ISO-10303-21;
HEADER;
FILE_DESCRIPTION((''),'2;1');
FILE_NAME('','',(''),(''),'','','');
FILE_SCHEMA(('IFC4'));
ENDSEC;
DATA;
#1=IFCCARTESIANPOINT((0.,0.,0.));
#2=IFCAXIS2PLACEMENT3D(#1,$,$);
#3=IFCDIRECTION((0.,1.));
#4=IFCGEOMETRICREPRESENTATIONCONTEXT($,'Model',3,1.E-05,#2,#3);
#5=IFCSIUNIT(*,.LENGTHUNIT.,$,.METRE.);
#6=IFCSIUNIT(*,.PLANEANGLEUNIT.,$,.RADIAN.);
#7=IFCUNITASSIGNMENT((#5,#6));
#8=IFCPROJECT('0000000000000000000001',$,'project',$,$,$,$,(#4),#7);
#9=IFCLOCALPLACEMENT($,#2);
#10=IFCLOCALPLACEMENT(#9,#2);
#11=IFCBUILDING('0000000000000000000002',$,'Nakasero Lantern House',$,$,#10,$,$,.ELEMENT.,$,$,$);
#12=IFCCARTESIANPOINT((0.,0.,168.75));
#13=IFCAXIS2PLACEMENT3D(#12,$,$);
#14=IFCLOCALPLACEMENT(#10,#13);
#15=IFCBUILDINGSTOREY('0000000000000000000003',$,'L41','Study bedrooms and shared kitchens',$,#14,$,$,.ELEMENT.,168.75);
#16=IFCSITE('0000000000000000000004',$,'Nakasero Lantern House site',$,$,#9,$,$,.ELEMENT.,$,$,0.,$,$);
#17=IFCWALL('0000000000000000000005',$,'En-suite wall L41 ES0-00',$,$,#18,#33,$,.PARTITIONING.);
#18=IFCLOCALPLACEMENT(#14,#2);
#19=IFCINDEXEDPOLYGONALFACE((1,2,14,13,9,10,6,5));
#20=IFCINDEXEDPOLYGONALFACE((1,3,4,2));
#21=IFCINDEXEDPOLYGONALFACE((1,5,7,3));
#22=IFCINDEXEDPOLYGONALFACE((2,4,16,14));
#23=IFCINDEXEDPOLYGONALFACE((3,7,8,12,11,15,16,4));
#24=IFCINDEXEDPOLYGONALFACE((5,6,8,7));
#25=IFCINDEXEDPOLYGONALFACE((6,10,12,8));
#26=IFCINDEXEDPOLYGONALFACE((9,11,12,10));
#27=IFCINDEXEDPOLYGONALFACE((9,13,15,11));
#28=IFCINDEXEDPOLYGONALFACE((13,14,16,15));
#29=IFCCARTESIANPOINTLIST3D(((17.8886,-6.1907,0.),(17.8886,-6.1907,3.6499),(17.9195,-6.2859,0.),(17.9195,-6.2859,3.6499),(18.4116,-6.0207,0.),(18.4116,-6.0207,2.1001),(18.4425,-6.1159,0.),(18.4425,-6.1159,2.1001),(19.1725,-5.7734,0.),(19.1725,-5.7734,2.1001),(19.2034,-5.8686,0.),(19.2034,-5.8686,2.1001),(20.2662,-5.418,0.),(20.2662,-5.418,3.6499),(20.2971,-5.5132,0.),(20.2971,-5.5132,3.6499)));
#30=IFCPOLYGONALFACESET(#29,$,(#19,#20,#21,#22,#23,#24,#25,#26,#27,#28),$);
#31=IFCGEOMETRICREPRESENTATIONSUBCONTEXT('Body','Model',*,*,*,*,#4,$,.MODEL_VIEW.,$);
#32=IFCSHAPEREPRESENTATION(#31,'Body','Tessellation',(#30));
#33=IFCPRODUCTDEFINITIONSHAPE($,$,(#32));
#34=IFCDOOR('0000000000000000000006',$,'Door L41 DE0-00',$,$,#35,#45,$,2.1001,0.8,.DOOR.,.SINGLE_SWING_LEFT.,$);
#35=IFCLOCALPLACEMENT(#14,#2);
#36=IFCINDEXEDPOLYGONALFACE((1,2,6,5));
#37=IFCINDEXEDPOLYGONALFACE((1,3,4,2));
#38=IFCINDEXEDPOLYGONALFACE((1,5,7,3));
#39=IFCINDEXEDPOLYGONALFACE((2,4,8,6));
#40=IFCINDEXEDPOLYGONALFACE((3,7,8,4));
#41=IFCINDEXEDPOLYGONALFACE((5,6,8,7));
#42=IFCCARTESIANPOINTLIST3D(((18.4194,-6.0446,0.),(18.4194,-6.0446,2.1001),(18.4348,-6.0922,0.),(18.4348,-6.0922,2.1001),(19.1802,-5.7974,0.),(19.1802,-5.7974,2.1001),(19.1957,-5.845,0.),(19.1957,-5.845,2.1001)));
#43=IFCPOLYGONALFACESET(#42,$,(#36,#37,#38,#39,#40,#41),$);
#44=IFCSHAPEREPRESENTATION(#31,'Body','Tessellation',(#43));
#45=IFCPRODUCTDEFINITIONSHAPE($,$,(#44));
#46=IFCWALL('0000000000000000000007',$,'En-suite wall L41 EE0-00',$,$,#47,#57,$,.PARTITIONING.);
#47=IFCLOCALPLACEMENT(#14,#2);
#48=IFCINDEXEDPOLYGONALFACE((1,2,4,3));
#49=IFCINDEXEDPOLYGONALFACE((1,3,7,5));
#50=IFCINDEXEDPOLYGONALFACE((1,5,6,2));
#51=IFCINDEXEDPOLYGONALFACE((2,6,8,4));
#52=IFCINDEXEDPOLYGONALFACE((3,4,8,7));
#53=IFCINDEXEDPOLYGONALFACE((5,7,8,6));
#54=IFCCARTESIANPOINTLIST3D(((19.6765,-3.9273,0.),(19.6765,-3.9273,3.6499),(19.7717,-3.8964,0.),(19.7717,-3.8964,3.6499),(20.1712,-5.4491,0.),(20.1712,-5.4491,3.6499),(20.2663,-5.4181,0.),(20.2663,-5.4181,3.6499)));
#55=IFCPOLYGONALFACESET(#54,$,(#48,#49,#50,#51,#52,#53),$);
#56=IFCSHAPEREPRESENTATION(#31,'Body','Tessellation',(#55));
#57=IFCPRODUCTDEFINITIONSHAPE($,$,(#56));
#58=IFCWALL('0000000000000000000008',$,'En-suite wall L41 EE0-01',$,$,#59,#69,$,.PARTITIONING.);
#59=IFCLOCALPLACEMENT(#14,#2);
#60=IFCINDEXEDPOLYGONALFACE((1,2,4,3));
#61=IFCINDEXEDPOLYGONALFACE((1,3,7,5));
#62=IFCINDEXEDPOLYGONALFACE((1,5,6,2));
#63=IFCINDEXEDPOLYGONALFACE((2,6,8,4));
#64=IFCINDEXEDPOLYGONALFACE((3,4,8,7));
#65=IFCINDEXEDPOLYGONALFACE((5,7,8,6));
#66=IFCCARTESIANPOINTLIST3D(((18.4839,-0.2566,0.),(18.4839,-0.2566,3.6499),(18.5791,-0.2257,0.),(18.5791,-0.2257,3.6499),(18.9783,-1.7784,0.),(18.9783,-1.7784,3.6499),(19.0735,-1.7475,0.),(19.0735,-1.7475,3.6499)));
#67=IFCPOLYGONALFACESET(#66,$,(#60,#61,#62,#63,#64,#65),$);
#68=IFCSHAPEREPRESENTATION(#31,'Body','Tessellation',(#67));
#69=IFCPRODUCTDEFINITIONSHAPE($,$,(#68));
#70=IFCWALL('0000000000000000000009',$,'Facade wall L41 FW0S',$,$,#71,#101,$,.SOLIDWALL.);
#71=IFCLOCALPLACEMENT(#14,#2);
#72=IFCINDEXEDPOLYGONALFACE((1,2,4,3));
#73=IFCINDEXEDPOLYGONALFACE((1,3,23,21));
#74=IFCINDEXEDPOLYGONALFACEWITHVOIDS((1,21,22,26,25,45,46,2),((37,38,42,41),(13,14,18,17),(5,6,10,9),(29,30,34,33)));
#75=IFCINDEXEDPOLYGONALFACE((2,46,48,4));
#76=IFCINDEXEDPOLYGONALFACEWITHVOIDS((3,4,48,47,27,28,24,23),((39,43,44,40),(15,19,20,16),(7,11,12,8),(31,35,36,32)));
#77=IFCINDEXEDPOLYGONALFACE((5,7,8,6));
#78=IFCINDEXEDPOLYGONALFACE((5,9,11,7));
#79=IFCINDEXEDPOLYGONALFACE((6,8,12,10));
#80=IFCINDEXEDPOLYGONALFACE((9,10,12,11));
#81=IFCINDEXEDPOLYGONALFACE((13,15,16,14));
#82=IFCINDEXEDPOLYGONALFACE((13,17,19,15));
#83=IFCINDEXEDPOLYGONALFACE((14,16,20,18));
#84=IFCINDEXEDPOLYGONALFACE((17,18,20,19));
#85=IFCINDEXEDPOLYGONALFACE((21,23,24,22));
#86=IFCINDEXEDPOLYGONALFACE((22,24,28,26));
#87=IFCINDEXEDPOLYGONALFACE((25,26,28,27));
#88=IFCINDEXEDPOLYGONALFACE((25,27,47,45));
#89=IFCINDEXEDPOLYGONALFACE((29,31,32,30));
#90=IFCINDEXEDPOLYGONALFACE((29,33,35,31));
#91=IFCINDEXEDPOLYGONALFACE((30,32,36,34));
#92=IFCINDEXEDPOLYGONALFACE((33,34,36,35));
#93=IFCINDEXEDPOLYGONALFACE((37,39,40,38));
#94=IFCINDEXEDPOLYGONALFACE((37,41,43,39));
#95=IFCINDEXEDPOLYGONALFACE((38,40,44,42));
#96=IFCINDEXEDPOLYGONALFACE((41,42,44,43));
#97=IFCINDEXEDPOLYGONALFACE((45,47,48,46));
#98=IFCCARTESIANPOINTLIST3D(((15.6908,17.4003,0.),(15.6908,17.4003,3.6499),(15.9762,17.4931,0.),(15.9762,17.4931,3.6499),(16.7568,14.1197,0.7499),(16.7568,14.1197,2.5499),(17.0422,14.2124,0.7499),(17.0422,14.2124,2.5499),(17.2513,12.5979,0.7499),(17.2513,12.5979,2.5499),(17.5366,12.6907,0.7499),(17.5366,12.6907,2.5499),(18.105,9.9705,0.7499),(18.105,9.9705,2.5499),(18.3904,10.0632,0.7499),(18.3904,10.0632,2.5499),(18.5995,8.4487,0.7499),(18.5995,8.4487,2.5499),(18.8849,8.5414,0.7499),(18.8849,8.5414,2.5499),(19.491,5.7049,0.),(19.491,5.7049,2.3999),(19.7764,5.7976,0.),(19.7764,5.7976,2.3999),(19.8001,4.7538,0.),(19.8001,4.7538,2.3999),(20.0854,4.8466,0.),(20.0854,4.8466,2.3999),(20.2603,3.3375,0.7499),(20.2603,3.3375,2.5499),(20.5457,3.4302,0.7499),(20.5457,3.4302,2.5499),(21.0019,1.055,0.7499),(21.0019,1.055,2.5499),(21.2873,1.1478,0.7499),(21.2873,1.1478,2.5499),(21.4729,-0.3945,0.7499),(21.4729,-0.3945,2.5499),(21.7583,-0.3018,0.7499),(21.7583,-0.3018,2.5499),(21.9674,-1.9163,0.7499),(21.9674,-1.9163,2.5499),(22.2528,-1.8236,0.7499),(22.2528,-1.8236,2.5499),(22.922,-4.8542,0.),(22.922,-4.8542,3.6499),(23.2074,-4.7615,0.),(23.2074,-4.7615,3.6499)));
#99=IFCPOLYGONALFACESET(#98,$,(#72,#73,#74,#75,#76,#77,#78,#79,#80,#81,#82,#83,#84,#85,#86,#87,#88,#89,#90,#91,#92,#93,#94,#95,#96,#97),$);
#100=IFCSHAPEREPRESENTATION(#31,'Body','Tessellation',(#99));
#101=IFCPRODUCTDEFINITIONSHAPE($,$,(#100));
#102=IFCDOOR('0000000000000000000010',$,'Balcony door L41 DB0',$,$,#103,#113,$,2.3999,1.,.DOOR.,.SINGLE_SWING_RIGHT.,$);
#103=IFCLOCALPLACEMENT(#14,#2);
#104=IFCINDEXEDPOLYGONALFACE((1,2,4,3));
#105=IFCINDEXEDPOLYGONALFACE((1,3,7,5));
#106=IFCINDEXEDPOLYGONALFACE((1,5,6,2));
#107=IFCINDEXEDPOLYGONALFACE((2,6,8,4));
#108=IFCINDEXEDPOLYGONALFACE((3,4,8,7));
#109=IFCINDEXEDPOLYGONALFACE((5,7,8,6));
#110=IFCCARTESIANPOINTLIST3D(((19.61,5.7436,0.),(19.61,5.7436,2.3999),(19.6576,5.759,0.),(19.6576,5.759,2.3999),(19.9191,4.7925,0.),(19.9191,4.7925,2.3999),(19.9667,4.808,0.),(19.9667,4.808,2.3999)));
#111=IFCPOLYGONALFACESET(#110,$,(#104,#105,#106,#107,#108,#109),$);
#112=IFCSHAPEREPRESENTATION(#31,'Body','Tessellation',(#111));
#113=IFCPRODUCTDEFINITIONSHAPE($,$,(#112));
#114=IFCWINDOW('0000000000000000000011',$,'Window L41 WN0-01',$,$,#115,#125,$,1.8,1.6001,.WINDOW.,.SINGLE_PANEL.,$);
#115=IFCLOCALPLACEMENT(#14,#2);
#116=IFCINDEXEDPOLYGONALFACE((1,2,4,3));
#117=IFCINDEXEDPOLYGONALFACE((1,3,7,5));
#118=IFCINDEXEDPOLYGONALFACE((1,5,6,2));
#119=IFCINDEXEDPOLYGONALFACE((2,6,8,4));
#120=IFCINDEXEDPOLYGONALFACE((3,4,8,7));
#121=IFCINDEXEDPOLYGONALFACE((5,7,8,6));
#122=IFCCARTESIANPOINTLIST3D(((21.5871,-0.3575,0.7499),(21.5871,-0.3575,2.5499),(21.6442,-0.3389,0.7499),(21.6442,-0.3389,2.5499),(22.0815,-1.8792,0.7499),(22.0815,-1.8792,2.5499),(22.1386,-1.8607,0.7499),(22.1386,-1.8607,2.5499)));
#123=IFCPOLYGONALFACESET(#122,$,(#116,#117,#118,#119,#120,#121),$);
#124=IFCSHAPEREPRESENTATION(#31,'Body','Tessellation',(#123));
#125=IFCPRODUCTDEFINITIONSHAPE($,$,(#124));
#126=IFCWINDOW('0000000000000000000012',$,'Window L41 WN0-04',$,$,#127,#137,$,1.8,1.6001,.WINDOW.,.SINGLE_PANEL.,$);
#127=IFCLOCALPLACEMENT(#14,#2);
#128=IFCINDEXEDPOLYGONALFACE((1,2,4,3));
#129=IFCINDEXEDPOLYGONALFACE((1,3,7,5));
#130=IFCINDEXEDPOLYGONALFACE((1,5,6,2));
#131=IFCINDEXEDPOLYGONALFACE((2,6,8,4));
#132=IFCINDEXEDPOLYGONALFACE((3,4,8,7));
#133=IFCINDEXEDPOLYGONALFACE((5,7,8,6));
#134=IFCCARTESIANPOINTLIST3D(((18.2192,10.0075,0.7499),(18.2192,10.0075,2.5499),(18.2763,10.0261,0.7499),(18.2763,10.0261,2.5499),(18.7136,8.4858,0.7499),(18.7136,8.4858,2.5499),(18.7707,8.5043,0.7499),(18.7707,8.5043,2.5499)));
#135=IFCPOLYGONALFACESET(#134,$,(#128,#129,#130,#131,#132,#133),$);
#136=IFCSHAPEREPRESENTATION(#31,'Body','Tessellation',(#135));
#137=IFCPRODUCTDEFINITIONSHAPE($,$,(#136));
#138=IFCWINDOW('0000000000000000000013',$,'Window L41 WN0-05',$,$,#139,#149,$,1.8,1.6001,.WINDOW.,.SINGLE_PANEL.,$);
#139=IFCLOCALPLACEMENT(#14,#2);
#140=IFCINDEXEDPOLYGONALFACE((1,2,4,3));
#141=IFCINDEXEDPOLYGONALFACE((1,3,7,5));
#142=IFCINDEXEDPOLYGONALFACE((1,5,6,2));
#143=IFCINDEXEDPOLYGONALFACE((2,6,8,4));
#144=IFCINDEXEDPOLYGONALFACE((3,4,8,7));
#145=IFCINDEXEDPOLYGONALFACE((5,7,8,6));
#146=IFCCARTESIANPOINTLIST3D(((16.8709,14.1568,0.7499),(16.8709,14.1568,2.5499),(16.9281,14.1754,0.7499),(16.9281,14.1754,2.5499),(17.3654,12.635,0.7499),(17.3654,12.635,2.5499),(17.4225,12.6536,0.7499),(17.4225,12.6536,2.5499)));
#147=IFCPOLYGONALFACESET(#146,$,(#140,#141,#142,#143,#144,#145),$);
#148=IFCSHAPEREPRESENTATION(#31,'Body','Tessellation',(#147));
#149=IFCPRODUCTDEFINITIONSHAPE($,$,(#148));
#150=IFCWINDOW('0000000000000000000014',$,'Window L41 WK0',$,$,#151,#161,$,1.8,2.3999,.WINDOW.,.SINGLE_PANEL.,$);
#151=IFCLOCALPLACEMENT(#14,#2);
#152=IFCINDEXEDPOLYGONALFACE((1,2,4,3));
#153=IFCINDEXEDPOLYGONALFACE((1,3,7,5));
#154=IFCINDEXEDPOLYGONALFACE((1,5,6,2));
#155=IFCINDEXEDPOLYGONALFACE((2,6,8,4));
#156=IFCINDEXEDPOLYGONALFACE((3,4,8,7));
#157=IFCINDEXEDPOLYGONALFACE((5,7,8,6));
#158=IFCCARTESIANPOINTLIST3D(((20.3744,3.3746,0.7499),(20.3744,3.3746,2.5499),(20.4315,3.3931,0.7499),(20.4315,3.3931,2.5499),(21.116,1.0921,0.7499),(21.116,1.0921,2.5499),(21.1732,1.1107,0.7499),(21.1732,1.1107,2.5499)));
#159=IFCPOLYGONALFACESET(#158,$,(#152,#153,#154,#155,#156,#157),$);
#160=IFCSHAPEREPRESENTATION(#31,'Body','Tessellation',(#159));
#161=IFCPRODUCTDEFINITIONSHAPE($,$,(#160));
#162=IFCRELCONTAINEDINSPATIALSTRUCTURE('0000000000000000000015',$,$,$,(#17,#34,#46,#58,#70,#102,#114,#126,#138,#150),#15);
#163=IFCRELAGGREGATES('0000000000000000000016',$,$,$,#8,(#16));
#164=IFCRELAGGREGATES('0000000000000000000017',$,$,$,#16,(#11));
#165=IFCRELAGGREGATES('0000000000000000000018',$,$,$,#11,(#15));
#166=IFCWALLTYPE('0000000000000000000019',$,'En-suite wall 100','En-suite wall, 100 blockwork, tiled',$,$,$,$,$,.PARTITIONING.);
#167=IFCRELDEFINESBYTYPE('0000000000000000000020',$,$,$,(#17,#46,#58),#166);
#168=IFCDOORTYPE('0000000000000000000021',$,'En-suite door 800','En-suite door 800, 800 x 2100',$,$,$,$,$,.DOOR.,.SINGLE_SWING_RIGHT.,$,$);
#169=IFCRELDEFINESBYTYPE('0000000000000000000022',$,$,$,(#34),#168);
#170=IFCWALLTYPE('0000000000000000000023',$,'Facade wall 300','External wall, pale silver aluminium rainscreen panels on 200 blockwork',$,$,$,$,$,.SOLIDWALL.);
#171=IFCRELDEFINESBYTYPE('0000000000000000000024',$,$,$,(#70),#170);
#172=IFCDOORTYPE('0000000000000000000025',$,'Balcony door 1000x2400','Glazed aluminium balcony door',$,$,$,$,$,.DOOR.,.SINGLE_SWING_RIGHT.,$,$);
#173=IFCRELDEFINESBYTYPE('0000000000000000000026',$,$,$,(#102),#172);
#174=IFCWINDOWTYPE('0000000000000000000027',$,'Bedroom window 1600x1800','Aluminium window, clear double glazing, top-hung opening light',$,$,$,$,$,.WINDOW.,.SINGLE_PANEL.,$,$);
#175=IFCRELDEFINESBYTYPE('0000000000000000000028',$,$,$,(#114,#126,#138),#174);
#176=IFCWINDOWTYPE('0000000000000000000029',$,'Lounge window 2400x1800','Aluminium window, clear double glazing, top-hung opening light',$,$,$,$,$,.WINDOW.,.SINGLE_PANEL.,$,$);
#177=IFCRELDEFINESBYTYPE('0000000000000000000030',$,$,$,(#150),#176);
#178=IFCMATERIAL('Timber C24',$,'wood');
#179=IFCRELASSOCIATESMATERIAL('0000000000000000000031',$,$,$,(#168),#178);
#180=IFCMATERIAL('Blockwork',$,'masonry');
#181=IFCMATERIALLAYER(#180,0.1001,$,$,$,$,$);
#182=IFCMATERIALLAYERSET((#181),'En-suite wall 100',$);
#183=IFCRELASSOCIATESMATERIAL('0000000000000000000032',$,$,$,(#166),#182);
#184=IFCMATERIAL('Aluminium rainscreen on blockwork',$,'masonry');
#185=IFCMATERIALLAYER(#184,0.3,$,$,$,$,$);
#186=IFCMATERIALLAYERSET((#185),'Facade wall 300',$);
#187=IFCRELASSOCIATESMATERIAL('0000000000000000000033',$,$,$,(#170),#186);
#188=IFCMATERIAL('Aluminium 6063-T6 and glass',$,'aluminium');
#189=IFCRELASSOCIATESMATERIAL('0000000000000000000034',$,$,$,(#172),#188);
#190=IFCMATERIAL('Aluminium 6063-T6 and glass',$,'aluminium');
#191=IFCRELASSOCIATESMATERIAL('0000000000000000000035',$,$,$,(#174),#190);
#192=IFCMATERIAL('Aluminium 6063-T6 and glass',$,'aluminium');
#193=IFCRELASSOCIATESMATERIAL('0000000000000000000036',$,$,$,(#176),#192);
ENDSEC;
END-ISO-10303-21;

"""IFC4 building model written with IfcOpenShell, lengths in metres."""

from ifc_helpers import new_model, si_unit, direction, frame, frame_2d, origin, place, context, subcontext, project, spatial, rectangle, extrude, material, layer, layer_set, type_object, element, fill, save


model = new_model("IFC4")

# Units and contexts
model_context = context("Model", 3, precision=1e-05, world=origin(), true_north=direction((0.0, 1.0)))
body_context = subcontext(model_context, "Body", "Model", "MODEL_VIEW")
ifc_project = project(units=[si_unit("LENGTHUNIT", "METRE"), si_unit("PLANEANGLEUNIT", "RADIAN")], contexts=[model_context])

# Site, building, storey
site_placement = place(None, origin())
site = spatial("IfcSite", under=ifc_project, at=site_placement, Name="Nakasero Lantern House site", CompositionType="ELEMENT", RefElevation=0.0)
building_placement = place(site_placement, origin())
building = spatial("IfcBuilding", under=site, at=building_placement, Name="Nakasero Lantern House", CompositionType="ELEMENT")
storey_placement = place(building_placement, frame((0.0, 0.0, 168.75)))
storey = spatial("IfcBuildingStorey", under=building, at=storey_placement, Name="L41", Description="Study bedrooms and shared kitchens", CompositionType="ELEMENT", Elevation=168.75)

# Shared definitions
ifc_material_1 = material(Name="Timber C24", Category="wood")
door_type_1 = type_object("IfcDoorType", Name="En-suite door 800", Description="En-suite door 800, 800 x 2100", OperationType="SINGLE_SWING_RIGHT", PredefinedType="DOOR", material=ifc_material_1)

# Shared definitions
ifc_material_2 = material(Name="Blockwork", Category="masonry")
ifc_layer_1 = layer(ifc_material_2, 0.1001)
ifc_layer_set_1 = layer_set([ifc_layer_1], Name="En-suite wall 100")
wall_type_1 = type_object("IfcWallType", Name="En-suite wall 100", Description="En-suite wall, 100 blockwork, tiled", PredefinedType="PARTITIONING", material=ifc_layer_set_1)

# Wall, opening, door
wall_1_placement = place(storey_placement, frame((17.9041, -6.2383, 0.0), z_axis=(0.0, 0.0, 1.0), x_axis=(0.951039, 0.309071, 0.0)))
wall_1 = element("IfcWall", 1, at=wall_1_placement, inside=storey, type_object=wall_type_1, Name="En-suite wall L41 ES0-00", PredefinedType="PARTITIONING", context=body_context, shape_type="SweptSolid", body=[
    extrude(rectangle(XDim=2.5, YDim=0.1001, at=frame_2d((1.25, 0.0))), origin(), (0.0, 0.0, 1.0), 3.6499),
])
opening_1_placement = place(wall_1_placement, frame((0.55, 0.0, 0.0)))
opening_1 = element("IfcOpeningElement", 2, at=opening_1_placement, cuts=wall_1, PredefinedType="OPENING", context=body_context, shape_type="SweptSolid", body=[
    extrude(rectangle(XDim=0.8, YDim=2.1001, at=frame_2d((0.3999, 1.05))), frame((0.0, 0.0701, 0.0), z_axis=(0.0, -1.0, 0.0), x_axis=(1.0, 0.0, 0.0)), (0.0, 0.0, 1.0), 0.1401),
])
door_1_placement = place(opening_1_placement, origin())
door_1 = element("IfcDoor", 3, at=door_1_placement, inside=storey, type_object=door_type_1, Name="Door L41 DE0-00", OperationType="SINGLE_SWING_LEFT", OverallHeight=2.1001, OverallWidth=0.8, PredefinedType="DOOR", context=body_context, shape_type="SweptSolid", body=[
    extrude(rectangle(XDim=0.8, YDim=2.1001, at=frame_2d((0.3999, 1.05))), frame((0.0, 0.0249, 0.0), z_axis=(0.0, -1.0, 0.0), x_axis=(1.0, 0.0, 0.0)), (0.0, 0.0, 1.0), 0.05),
])
fill(opening_1, door_1)

# Walls
for number, where, z_axis, x_axis, name in (
    (4, (20.2188, -5.4336, 0.0), (0.0, 0.0, 1.0), (-0.309124, 0.951022, 0.0), "En-suite wall L41 EE0-00"),
    (5, (19.0259, -1.7629, 0.0), (0.0, 0.0, 1.0), (-0.308986, 0.951067, 0.0), "En-suite wall L41 EE0-01"),
):
    element("IfcWall", number, at=place(storey_placement, frame(where, z_axis=z_axis, x_axis=x_axis)), inside=storey, type_object=wall_type_1, Name=name, PredefinedType="PARTITIONING", context=body_context, shape_type="SweptSolid", body=[
        extrude(rectangle(XDim=1.6001, YDim=0.1001, at=frame_2d((0.8, 0.0))), origin(), (0.0, 0.0, 1.0), 3.6499),
    ])

# Wall, openings, door, windows
ifc_material_3 = material(Name="Aluminium rainscreen on blockwork", Category="masonry")
ifc_layer_2 = layer(ifc_material_3, 0.3)
ifc_layer_set_2 = layer_set([ifc_layer_2], Name="Facade wall 300")
wall_type_2 = type_object("IfcWallType", Name="Facade wall 300", Description="External wall, pale silver aluminium rainscreen panels on 200 blockwork", PredefinedType="SOLIDWALL", material=ifc_layer_set_2)
wall_2_placement = place(storey_placement, frame((23.0647, -4.8079, 0.0), z_axis=(0.0, 0.0, 1.0), x_axis=(-0.309026, 0.951054, 0.0)))
wall_2 = element("IfcWall", 6, at=wall_2_placement, inside=storey, type_object=wall_type_2, Name="Facade wall L41 FW0S", PredefinedType="SOLIDWALL", context=body_context, shape_type="SweptSolid", body=[
    extrude(rectangle(XDim=23.3999, YDim=0.3, at=frame_2d((11.7, 0.0))), origin(), (0.0, 0.0, 1.0), 3.6499),
])
opening_2_placement = place(wall_2_placement, frame((3.0891, 0.0, 0.75)))
opening_2 = element("IfcOpeningElement", 7, at=opening_2_placement, cuts=wall_2, PredefinedType="OPENING", context=body_context, shape_type="SweptSolid", body=[
    extrude(rectangle(XDim=1.6001, YDim=1.8, at=frame_2d((0.8, 0.8999))), frame((0.0, 0.1699, 0.0), z_axis=(0.0, -1.0, 0.0), x_axis=(1.0, 0.0, 0.0)), (0.0, 0.0, 1.0), 0.3401),
])
opening_3_placement = place(wall_2_placement, frame((13.9875, 0.0, 0.75)))
opening_3 = element("IfcOpeningElement", 8, at=opening_3_placement, cuts=wall_2, PredefinedType="OPENING", context=body_context, shape_type="SweptSolid", body=[
    extrude(rectangle(XDim=1.6001, YDim=1.8, at=frame_2d((0.8, 0.8999))), frame((0.0, 0.1699, 0.0), z_axis=(0.0, -1.0, 0.0), x_axis=(1.0, 0.0, 0.0)), (0.0, 0.0, 1.0), 0.3401),
])
opening_4_placement = place(wall_2_placement, frame((18.3503, 0.0, 0.75)))
opening_4 = element("IfcOpeningElement", 9, at=opening_4_placement, cuts=wall_2, PredefinedType="OPENING", context=body_context, shape_type="SweptSolid", body=[
    extrude(rectangle(XDim=1.6001, YDim=1.8, at=frame_2d((0.8, 0.8999))), frame((0.0, 0.1699, 0.0), z_axis=(0.0, -1.0, 0.0), x_axis=(1.0, 0.0, 0.0)), (0.0, 0.0, 1.0), 0.3401),
])
opening_5_placement = place(wall_2_placement, frame((6.2134, 0.0, 0.75)))
opening_5 = element("IfcOpeningElement", 10, at=opening_5_placement, cuts=wall_2, PredefinedType="OPENING", context=body_context, shape_type="SweptSolid", body=[
    extrude(rectangle(XDim=2.3999, YDim=1.8, at=frame_2d((1.2, 0.8999))), frame((0.0, 0.1699, 0.0), z_axis=(0.0, -1.0, 0.0), x_axis=(1.0, 0.0, 0.0)), (0.0, 0.0, 1.0), 0.3401),
])
opening_6_placement = place(wall_2_placement, frame((10.1025, 0.0, 0.0)))
opening_6 = element("IfcOpeningElement", 11, at=opening_6_placement, cuts=wall_2, PredefinedType="OPENING", context=body_context, shape_type="SweptSolid", body=[
    extrude(rectangle(XDim=1.0, YDim=2.3999, at=frame_2d((0.5, 1.2))), frame((0.0, 0.1699, 0.0), z_axis=(0.0, -1.0, 0.0), x_axis=(1.0, 0.0, 0.0)), (0.0, 0.0, 1.0), 0.3401),
])
ifc_material_4 = material(Name="Aluminium 6063-T6 and glass", Category="aluminium")
door_type_2 = type_object("IfcDoorType", Name="Balcony door 1000x2400", Description="Glazed aluminium balcony door", OperationType="SINGLE_SWING_RIGHT", PredefinedType="DOOR", material=ifc_material_4)
door_2_placement = place(opening_6_placement, origin())
door_2 = element("IfcDoor", 12, at=door_2_placement, inside=storey, type_object=door_type_2, Name="Balcony door L41 DB0", OperationType="SINGLE_SWING_RIGHT", OverallHeight=2.3999, OverallWidth=1.0, PredefinedType="DOOR", context=body_context, shape_type="SweptSolid", body=[
    extrude(rectangle(XDim=1.0, YDim=2.3999, at=frame_2d((0.5, 1.2))), frame((0.0, 0.0249, 0.0), z_axis=(0.0, -1.0, 0.0), x_axis=(1.0, 0.0, 0.0)), (0.0, 0.0, 1.0), 0.05),
])
fill(opening_6, door_2)
ifc_material_5 = material(Name="Aluminium 6063-T6 and glass", Category="aluminium")
window_type_1 = type_object("IfcWindowType", Name="Bedroom window 1600x1800", Description="Aluminium window, clear double glazing, top-hung opening light", PartitioningType="SINGLE_PANEL", PredefinedType="WINDOW", material=ifc_material_5)
window_1_placement = place(opening_2_placement, origin())
window_1 = element("IfcWindow", 13, at=window_1_placement, inside=storey, type_object=window_type_1, Name="Window L41 WN0-01", OverallHeight=1.8, OverallWidth=1.6001, PartitioningType="SINGLE_PANEL", PredefinedType="WINDOW", context=body_context, shape_type="SweptSolid", body=[
    extrude(rectangle(XDim=1.6001, YDim=1.8, at=frame_2d((0.8, 0.8999))), frame((0.0, 0.03, 0.0), z_axis=(0.0, -1.0, 0.0), x_axis=(1.0, 0.0, 0.0)), (0.0, 0.0, 1.0), 0.0601),
])
fill(opening_2, window_1)
window_2_placement = place(opening_3_placement, origin())
window_2 = element("IfcWindow", 14, at=window_2_placement, inside=storey, type_object=window_type_1, Name="Window L41 WN0-04", OverallHeight=1.8, OverallWidth=1.6001, PartitioningType="SINGLE_PANEL", PredefinedType="WINDOW", context=body_context, shape_type="SweptSolid", body=[
    extrude(rectangle(XDim=1.6001, YDim=1.8, at=frame_2d((0.8, 0.8999))), frame((0.0, 0.03, 0.0), z_axis=(0.0, -1.0, 0.0), x_axis=(1.0, 0.0, 0.0)), (0.0, 0.0, 1.0), 0.0601),
])
fill(opening_3, window_2)
window_3_placement = place(opening_4_placement, origin())
window_3 = element("IfcWindow", 15, at=window_3_placement, inside=storey, type_object=window_type_1, Name="Window L41 WN0-05", OverallHeight=1.8, OverallWidth=1.6001, PartitioningType="SINGLE_PANEL", PredefinedType="WINDOW", context=body_context, shape_type="SweptSolid", body=[
    extrude(rectangle(XDim=1.6001, YDim=1.8, at=frame_2d((0.8, 0.8999))), frame((0.0, 0.03, 0.0), z_axis=(0.0, -1.0, 0.0), x_axis=(1.0, 0.0, 0.0)), (0.0, 0.0, 1.0), 0.0601),
])
fill(opening_4, window_3)
ifc_material_6 = material(Name="Aluminium 6063-T6 and glass", Category="aluminium")
window_type_2 = type_object("IfcWindowType", Name="Lounge window 2400x1800", Description="Aluminium window, clear double glazing, top-hung opening light", PartitioningType="SINGLE_PANEL", PredefinedType="WINDOW", material=ifc_material_6)
window_4_placement = place(opening_5_placement, origin())
window_4 = element("IfcWindow", 16, at=window_4_placement, inside=storey, type_object=window_type_2, Name="Window L41 WK0", OverallHeight=1.8, OverallWidth=2.3999, PartitioningType="SINGLE_PANEL", PredefinedType="WINDOW", context=body_context, shape_type="SweptSolid", body=[
    extrude(rectangle(XDim=2.3999, YDim=1.8, at=frame_2d((1.2, 0.8999))), frame((0.0, 0.03, 0.0), z_axis=(0.0, -1.0, 0.0), x_axis=(1.0, 0.0, 0.0)), (0.0, 0.0, 1.0), 0.0601),
])
fill(opening_5, window_4)

save(model, "model.ifc")
